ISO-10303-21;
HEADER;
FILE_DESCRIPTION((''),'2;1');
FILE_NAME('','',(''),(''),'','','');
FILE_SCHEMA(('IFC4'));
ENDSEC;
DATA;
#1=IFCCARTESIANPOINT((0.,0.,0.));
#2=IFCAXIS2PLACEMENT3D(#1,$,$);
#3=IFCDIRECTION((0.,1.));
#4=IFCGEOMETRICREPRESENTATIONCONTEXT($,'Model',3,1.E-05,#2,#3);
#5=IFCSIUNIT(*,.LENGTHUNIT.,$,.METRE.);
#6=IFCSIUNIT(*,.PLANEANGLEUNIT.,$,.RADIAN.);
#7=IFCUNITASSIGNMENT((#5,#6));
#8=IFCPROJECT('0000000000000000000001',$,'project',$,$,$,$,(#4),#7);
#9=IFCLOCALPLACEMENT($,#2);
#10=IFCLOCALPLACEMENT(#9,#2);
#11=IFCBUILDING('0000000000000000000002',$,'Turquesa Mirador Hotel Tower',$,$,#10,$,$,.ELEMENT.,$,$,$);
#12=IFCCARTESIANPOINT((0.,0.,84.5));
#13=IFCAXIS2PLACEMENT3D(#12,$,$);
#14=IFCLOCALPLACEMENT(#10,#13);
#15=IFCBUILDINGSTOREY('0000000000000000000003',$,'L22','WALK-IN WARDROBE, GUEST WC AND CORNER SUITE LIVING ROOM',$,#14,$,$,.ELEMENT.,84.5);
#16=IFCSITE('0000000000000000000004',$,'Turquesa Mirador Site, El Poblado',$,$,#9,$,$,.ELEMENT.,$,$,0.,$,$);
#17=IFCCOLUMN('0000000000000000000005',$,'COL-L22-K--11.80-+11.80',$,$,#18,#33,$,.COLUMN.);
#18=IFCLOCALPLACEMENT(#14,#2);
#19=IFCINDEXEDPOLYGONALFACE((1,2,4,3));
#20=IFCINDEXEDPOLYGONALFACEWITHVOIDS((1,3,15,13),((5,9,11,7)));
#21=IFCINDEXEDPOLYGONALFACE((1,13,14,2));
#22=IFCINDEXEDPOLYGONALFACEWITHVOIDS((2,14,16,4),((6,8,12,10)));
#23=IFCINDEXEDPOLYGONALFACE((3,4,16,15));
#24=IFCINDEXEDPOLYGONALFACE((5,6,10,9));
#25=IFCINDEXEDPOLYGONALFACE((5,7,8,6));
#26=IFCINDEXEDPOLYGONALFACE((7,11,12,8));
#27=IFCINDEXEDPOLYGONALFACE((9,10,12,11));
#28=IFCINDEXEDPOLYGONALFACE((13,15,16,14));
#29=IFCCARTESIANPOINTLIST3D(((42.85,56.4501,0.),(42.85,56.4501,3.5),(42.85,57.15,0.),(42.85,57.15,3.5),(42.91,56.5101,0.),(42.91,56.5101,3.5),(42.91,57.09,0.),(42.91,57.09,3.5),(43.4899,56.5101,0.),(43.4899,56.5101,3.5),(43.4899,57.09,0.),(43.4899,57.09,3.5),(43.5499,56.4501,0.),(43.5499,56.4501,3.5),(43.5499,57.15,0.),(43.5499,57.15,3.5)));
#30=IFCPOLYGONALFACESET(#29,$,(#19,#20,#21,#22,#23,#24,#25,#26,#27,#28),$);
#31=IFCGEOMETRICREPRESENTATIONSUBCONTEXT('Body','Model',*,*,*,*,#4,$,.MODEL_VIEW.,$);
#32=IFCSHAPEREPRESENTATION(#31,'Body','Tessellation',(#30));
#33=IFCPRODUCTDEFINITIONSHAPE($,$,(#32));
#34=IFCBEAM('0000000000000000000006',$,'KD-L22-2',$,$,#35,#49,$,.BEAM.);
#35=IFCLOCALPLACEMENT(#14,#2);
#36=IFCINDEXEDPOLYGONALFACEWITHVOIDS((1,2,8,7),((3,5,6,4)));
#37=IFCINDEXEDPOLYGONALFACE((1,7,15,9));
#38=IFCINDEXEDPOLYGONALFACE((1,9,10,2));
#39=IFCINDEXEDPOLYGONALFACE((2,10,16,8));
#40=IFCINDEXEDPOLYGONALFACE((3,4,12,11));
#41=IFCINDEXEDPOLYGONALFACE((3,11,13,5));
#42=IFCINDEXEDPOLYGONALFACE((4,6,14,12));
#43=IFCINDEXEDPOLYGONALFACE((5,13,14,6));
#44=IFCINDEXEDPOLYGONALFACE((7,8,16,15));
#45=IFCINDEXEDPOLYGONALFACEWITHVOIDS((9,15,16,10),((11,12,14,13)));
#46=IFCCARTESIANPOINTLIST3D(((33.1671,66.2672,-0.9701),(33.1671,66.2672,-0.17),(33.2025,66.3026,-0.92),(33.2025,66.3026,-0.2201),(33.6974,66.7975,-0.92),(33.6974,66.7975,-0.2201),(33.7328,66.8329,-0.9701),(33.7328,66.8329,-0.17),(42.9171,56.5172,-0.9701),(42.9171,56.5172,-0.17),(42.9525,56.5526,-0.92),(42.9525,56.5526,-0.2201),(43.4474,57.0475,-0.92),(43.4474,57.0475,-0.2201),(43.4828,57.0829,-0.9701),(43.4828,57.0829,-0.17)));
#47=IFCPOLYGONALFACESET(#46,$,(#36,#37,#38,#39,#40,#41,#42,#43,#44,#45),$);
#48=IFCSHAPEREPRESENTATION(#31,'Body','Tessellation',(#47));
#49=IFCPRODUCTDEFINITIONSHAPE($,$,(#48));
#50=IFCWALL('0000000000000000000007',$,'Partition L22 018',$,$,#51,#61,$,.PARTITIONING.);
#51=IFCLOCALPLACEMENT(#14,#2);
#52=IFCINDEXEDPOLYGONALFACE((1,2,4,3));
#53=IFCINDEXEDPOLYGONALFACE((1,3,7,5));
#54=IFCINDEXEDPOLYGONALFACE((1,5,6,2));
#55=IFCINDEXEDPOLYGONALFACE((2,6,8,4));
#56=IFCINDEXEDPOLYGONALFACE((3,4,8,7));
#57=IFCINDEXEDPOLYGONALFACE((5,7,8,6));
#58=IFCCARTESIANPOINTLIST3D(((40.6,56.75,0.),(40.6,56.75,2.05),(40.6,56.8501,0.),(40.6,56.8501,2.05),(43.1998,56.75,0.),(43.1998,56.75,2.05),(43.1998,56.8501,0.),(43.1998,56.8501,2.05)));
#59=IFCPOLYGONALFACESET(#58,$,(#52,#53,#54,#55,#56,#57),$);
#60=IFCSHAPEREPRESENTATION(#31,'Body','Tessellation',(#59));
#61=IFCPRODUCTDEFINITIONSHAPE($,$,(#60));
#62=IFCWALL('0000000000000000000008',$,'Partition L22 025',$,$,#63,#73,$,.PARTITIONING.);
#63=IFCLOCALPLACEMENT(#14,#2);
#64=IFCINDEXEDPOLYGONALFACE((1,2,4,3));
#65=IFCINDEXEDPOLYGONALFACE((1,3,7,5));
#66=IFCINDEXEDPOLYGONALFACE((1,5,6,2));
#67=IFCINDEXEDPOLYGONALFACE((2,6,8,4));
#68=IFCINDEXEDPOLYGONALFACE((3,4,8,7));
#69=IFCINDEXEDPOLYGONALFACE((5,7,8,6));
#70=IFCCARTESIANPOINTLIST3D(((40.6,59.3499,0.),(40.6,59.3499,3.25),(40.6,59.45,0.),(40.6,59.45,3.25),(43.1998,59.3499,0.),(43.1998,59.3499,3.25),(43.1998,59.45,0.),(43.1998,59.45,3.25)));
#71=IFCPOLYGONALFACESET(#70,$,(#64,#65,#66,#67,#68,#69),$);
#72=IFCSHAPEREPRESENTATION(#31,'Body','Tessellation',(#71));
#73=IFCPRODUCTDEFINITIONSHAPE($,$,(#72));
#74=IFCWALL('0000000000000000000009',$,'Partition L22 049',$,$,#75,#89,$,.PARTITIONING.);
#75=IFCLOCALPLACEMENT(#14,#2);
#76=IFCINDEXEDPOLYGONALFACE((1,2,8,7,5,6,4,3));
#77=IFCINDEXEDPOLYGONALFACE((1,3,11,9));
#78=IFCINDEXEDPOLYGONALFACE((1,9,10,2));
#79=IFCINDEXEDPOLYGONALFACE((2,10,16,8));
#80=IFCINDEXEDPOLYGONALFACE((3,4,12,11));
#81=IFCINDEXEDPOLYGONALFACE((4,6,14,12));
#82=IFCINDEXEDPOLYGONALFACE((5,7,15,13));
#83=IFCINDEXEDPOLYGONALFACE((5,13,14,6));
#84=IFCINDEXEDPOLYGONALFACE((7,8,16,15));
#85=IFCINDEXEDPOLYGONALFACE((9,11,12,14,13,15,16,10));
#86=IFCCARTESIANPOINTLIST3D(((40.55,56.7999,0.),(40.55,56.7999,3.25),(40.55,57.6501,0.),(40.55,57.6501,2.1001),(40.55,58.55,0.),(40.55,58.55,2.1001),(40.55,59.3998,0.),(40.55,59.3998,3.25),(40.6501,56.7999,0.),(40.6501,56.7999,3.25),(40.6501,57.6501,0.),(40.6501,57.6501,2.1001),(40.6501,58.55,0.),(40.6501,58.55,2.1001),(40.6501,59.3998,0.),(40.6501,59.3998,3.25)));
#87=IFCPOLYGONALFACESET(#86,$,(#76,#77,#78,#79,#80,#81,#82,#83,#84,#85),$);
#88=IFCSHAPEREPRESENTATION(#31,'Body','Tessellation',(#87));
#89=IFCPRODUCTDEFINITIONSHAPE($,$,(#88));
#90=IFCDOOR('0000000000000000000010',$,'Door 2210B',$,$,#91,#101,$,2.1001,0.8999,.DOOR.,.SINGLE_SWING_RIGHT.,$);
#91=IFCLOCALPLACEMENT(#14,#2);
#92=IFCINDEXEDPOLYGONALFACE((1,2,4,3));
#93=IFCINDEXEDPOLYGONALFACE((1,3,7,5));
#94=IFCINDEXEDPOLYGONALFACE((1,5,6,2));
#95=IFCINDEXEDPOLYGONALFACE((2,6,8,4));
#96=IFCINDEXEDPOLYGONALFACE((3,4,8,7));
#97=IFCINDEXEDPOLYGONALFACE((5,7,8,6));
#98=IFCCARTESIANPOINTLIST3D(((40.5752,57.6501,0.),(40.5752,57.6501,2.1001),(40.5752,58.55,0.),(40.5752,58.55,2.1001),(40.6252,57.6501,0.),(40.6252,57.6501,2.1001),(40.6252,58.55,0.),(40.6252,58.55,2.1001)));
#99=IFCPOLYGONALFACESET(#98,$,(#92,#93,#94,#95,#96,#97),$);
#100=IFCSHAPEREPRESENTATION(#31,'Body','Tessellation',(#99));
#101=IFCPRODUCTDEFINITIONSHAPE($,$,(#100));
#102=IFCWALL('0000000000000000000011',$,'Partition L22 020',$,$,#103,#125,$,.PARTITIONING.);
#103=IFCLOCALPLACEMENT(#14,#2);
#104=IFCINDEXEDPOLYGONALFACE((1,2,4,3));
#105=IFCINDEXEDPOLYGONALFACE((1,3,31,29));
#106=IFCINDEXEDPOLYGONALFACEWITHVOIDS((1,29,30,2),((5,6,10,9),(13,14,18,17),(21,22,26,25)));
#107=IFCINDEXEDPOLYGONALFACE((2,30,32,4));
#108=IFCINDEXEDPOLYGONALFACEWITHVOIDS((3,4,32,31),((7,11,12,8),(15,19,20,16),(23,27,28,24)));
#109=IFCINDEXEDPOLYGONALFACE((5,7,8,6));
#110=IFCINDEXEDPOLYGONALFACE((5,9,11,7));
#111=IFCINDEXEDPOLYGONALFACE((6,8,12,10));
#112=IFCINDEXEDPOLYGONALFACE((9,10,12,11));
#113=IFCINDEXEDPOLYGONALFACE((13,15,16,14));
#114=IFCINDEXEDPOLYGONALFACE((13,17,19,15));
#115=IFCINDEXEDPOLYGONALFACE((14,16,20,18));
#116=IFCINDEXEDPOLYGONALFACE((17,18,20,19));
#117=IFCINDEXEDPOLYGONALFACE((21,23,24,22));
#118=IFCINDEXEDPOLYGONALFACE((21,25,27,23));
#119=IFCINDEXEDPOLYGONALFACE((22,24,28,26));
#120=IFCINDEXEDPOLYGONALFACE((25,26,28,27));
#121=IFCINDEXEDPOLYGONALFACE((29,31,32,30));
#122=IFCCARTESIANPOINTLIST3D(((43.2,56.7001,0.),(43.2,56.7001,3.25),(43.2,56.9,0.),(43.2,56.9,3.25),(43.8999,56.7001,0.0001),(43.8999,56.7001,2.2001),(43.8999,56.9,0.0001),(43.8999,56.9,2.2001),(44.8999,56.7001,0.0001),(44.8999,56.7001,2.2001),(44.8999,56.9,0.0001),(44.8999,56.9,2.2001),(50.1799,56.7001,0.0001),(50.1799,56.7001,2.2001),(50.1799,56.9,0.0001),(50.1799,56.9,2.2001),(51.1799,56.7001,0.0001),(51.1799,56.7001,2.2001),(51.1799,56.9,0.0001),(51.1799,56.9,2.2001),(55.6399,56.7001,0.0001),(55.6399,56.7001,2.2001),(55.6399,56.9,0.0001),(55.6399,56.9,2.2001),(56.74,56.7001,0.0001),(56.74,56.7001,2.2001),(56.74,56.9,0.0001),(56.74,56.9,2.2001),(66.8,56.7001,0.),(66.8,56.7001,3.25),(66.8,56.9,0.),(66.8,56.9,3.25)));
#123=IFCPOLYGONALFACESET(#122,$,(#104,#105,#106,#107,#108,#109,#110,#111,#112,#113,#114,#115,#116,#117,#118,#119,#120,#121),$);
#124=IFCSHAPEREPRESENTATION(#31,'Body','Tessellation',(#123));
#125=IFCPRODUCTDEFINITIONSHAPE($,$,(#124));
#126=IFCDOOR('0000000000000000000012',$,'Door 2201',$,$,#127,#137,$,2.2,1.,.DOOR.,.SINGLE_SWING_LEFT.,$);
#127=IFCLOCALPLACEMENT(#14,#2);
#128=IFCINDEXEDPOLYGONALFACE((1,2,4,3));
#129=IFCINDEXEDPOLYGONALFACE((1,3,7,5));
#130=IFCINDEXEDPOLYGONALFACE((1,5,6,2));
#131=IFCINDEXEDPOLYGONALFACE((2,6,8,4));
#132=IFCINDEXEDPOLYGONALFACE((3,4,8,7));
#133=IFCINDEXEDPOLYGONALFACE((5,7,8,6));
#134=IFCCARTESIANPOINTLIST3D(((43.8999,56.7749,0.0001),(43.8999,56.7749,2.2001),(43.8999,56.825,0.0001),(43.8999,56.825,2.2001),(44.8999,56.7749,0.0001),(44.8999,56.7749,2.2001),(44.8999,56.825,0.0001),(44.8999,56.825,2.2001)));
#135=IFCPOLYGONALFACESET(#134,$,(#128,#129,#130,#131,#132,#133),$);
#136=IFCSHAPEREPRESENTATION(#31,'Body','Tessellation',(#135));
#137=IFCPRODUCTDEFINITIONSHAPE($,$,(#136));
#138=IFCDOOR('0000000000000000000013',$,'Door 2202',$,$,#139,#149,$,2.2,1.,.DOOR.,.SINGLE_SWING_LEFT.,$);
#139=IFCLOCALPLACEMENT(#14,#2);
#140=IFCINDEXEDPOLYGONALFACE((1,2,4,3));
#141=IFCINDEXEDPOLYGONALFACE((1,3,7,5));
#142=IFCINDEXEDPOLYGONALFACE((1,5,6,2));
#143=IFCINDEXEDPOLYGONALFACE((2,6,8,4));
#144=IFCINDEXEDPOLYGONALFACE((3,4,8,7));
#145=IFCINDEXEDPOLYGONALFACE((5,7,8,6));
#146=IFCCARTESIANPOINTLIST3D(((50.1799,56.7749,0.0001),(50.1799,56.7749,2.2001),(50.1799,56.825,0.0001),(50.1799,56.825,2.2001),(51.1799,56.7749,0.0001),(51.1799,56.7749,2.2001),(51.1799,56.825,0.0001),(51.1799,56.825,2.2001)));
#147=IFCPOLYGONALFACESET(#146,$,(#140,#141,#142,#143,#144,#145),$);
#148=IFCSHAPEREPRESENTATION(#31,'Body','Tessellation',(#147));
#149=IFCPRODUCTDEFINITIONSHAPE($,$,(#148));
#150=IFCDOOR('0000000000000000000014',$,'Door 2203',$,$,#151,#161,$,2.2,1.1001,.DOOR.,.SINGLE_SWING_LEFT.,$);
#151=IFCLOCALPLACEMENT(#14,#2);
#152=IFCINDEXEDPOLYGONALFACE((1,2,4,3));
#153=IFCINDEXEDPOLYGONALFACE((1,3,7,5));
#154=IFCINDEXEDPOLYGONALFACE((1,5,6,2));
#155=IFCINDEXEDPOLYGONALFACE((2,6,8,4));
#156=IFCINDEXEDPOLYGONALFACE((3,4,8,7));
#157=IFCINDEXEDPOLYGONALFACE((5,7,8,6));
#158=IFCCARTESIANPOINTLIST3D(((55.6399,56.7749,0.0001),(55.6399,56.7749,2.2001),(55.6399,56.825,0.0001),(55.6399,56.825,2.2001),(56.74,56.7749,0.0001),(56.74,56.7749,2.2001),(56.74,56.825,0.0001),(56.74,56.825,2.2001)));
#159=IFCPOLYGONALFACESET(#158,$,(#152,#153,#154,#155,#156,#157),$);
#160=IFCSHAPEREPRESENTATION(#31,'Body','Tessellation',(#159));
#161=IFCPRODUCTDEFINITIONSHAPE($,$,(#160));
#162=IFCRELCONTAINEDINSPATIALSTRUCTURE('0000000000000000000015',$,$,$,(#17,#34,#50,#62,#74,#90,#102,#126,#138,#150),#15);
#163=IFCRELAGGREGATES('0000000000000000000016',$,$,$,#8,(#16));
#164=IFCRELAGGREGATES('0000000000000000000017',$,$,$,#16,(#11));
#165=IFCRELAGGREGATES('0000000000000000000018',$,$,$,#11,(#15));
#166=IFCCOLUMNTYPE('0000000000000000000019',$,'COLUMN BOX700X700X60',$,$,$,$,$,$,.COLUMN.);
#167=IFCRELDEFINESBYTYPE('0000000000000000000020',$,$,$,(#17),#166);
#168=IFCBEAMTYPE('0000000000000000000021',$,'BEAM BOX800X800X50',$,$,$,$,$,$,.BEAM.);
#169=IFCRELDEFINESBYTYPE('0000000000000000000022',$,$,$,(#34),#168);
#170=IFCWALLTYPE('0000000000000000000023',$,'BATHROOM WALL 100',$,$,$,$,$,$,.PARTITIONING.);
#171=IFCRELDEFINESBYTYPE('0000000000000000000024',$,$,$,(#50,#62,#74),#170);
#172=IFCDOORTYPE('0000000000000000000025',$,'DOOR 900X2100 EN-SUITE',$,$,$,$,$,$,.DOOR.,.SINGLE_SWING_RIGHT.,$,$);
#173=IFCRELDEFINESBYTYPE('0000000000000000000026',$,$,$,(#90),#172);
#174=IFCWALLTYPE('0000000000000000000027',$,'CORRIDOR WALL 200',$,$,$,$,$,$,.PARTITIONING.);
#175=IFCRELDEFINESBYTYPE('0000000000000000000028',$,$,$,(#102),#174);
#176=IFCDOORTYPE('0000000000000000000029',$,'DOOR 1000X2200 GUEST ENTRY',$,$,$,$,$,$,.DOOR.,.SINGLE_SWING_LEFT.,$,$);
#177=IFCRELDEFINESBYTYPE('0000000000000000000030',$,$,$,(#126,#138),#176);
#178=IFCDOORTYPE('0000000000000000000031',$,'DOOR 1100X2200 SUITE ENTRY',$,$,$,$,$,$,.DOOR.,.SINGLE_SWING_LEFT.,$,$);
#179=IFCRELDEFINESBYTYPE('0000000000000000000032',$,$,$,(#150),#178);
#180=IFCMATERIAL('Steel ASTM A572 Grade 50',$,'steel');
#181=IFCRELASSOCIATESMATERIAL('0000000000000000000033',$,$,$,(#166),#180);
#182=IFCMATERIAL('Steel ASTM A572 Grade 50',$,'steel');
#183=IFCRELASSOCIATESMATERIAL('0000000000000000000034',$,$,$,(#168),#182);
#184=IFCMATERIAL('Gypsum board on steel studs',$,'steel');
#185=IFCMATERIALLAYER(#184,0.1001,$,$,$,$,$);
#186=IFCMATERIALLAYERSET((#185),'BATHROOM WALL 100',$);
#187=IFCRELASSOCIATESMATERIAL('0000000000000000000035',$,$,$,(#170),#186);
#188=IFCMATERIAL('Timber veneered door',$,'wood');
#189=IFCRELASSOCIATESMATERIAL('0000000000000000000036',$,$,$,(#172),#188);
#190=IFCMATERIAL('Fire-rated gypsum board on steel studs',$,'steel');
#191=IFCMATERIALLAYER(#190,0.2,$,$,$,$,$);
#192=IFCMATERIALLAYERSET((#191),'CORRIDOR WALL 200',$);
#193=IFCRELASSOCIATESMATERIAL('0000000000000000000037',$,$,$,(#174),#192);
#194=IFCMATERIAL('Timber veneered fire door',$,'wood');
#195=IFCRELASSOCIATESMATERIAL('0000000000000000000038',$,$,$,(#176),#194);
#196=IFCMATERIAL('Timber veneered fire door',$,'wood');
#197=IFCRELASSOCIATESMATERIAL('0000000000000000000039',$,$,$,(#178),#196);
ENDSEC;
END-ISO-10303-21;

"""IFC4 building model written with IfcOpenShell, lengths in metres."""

from ifc_helpers import new_model, si_unit, direction, frame, frame_2d, origin, origin_2d, place, context, subcontext, project, spatial, rectangle, hollow_rectangle, extrude, material, layer, layer_set, material_profile, profile_set, type_object, element, fill, save


model = new_model("IFC4")

# Units and contexts
model_context = context("Model", 3, precision=1e-05, world=origin(), true_north=direction((0.0, 1.0)))
body_context = subcontext(model_context, "Body", "Model", "MODEL_VIEW")
ifc_project = project(units=[si_unit("LENGTHUNIT", "METRE"), si_unit("PLANEANGLEUNIT", "RADIAN")], contexts=[model_context])

# Site, building, storey
site_placement = place(None, origin())
site = spatial("IfcSite", under=ifc_project, at=site_placement, Name="Turquesa Mirador Site, El Poblado", CompositionType="ELEMENT", RefElevation=0.0)
building_placement = place(site_placement, origin())
building = spatial("IfcBuilding", under=site, at=building_placement, Name="Turquesa Mirador Hotel Tower", CompositionType="ELEMENT")
storey_placement = place(building_placement, frame((0.0, 0.0, 84.5)))
storey = spatial("IfcBuildingStorey", under=building, at=storey_placement, Name="L22", Description="WALK-IN WARDROBE, GUEST WC AND CORNER SUITE LIVING ROOM", CompositionType="ELEMENT", Elevation=84.5)

# Column
ifc_material_1 = material(Name="Steel ASTM A572 Grade 50", Category="steel")
ifc_material_profile_1 = material_profile(ifc_material_1, hollow_rectangle(XDim=0.7, YDim=0.7, WallThickness=0.0601, at=origin_2d()), Name="BOX700X700X60")
ifc_profile_set_1 = profile_set([ifc_material_profile_1], Name="Steel ASTM A572 Grade 50")
column_type = type_object("IfcColumnType", Name="COLUMN BOX700X700X60", PredefinedType="COLUMN", material=ifc_profile_set_1)
column_placement = place(storey_placement, frame((43.2, 56.8, 0.0), z_axis=(0.0, 0.0, 1.0), x_axis=(1.0, 0.0, 0.0)))
element("IfcColumn", 1, at=column_placement, inside=storey, type_object=column_type, Name="COL-L22-K--11.80-+11.80", PredefinedType="COLUMN", context=body_context, shape_type="SweptSolid", body=[
    extrude(hollow_rectangle(XDim=0.7, YDim=0.7, WallThickness=0.0601, at=origin_2d()), origin(), (0.0, 0.0, 1.0), 3.5),
])

# Beam
ifc_material_2 = material(Name="Steel ASTM A572 Grade 50", Category="steel")
ifc_material_profile_2 = material_profile(ifc_material_2, hollow_rectangle(XDim=0.8, YDim=0.8, WallThickness=0.05, at=origin_2d()), Name="BOX800X800X50")
ifc_profile_set_2 = profile_set([ifc_material_profile_2], Name="Steel ASTM A572 Grade 50")
beam_type = type_object("IfcBeamType", Name="BEAM BOX800X800X50", PredefinedType="BEAM", material=ifc_profile_set_2)
beam_placement = place(storey_placement, frame((43.2, 56.8, -0.5701), z_axis=(-0.707107, 0.707107, 0.0), x_axis=(-0.707107, -0.707107, 0.0)))
element("IfcBeam", 2, at=beam_placement, inside=storey, type_object=beam_type, Name="KD-L22-2", PredefinedType="BEAM", context=body_context, shape_type="SweptSolid", body=[
    extrude(hollow_rectangle(XDim=0.8, YDim=0.8, WallThickness=0.05, at=origin_2d()), origin(), (0.0, 0.0, 1.0), 13.7886),
])

# Walls
ifc_material_3 = material(Name="Gypsum board on steel studs", Category="steel")
ifc_layer_1 = layer(ifc_material_3, 0.1001)
ifc_layer_set_1 = layer_set([ifc_layer_1], Name="BATHROOM WALL 100")
wall_type_1 = type_object("IfcWallType", Name="BATHROOM WALL 100", PredefinedType="PARTITIONING", material=ifc_layer_set_1)
wall_1_placement = place(storey_placement, frame((40.6001, 56.8, 0.0), z_axis=(0.0, 0.0, 1.0), x_axis=(1.0, 0.0, 0.0)))
element("IfcWall", 3, at=wall_1_placement, inside=storey, type_object=wall_type_1, Name="Partition L22 018", PredefinedType="PARTITIONING", context=body_context, shape_type="SweptSolid", body=[
    extrude(rectangle(XDim=2.5999, YDim=0.1001, at=frame_2d((1.2998, 0.0))), origin(), (0.0, 0.0, 1.0), 2.05),
])
wall_2_placement = place(storey_placement, frame((40.6001, 59.3999, 0.0), z_axis=(0.0, 0.0, 1.0), x_axis=(1.0, 0.0, 0.0)))
element("IfcWall", 4, at=wall_2_placement, inside=storey, type_object=wall_type_1, Name="Partition L22 025", PredefinedType="PARTITIONING", context=body_context, shape_type="SweptSolid", body=[
    extrude(rectangle(XDim=2.5999, YDim=0.1001, at=frame_2d((1.2998, 0.0))), origin(), (0.0, 0.0, 1.0), 3.25),
])

# Wall, opening, door
wall_3_placement = place(storey_placement, frame((40.6001, 56.8, 0.0), z_axis=(0.0, 0.0, 1.0), x_axis=(0.0, 1.0, 0.0)))
wall_3 = element("IfcWall", 5, at=wall_3_placement, inside=storey, type_object=wall_type_1, Name="Partition L22 049", PredefinedType="PARTITIONING", context=body_context, shape_type="SweptSolid", body=[
    extrude(rectangle(XDim=2.5999, YDim=0.1001, at=frame_2d((1.2998, 0.0))), origin(), (0.0, 0.0, 1.0), 3.25),
])
opening_1_placement = place(wall_3_placement, frame((0.8501, 0.0, 0.0)))
opening_1 = element("IfcOpeningElement", 6, at=opening_1_placement, cuts=wall_3, PredefinedType="OPENING", context=body_context, shape_type="SweptSolid", body=[
    extrude(rectangle(XDim=0.8999, YDim=2.1001, at=frame_2d((0.45, 1.05))), frame((0.0, 0.0601, 0.0), z_axis=(0.0, -1.0, 0.0), x_axis=(1.0, 0.0, 0.0)), (0.0, 0.0, 1.0), 0.1201),
])
ifc_material_4 = material(Name="Timber veneered door", Category="wood")
door_type_1 = type_object("IfcDoorType", Name="DOOR 900X2100 EN-SUITE", OperationType="SINGLE_SWING_RIGHT", PredefinedType="DOOR", material=ifc_material_4)
door_1_placement = place(opening_1_placement, origin())
door_1 = element("IfcDoor", 7, at=door_1_placement, inside=storey, type_object=door_type_1, Name="Door 2210B", OperationType="SINGLE_SWING_RIGHT", OverallHeight=2.1001, OverallWidth=0.8999, PredefinedType="DOOR", context=body_context, shape_type="SweptSolid", body=[
    extrude(rectangle(XDim=0.8999, YDim=2.1001, at=frame_2d((0.45, 1.05))), frame((0.0, 0.0249, 0.0), z_axis=(0.0, -1.0, 0.0), x_axis=(1.0, 0.0, 0.0)), (0.0, 0.0, 1.0), 0.05),
])
fill(opening_1, door_1)

# Wall, openings, doors
ifc_material_5 = material(Name="Fire-rated gypsum board on steel studs", Category="steel")
ifc_layer_2 = layer(ifc_material_5, 0.2)
ifc_layer_set_2 = layer_set([ifc_layer_2], Name="CORRIDOR WALL 200")
wall_type_2 = type_object("IfcWallType", Name="CORRIDOR WALL 200", PredefinedType="PARTITIONING", material=ifc_layer_set_2)
wall_4_placement = place(storey_placement, frame((43.2, 56.8, 0.0), z_axis=(0.0, 0.0, 1.0), x_axis=(1.0, 0.0, 0.0)))
wall_4 = element("IfcWall", 8, at=wall_4_placement, inside=storey, type_object=wall_type_2, Name="Partition L22 020", PredefinedType="PARTITIONING", context=body_context, shape_type="SweptSolid", body=[
    extrude(rectangle(XDim=23.6001, YDim=0.2, at=frame_2d((11.8, 0.0))), origin(), (0.0, 0.0, 1.0), 3.25),
])
opening_2_placement = place(wall_4_placement, frame((0.7, 0.0, 0.0)))
opening_2 = element("IfcOpeningElement", 9, at=opening_2_placement, cuts=wall_4, PredefinedType="OPENING", context=body_context, shape_type="SweptSolid", body=[
    extrude(rectangle(XDim=1.0, YDim=2.2, at=frame_2d((0.5, 1.1001))), frame((0.0, 0.1099, 0.0), z_axis=(0.0, -1.0, 0.0), x_axis=(1.0, 0.0, 0.0)), (0.0, 0.0, 1.0), 0.22),
])
opening_3_placement = place(wall_4_placement, frame((6.98, 0.0, 0.0)))
opening_3 = element("IfcOpeningElement", 10, at=opening_3_placement, cuts=wall_4, PredefinedType="OPENING", context=body_context, shape_type="SweptSolid", body=[
    extrude(rectangle(XDim=1.0, YDim=2.2, at=frame_2d((0.5, 1.1001))), frame((0.0, 0.1099, 0.0), z_axis=(0.0, -1.0, 0.0), x_axis=(1.0, 0.0, 0.0)), (0.0, 0.0, 1.0), 0.22),
])
opening_4_placement = place(wall_4_placement, frame((12.4399, 0.0, 0.0)))
opening_4 = element("IfcOpeningElement", 11, at=opening_4_placement, cuts=wall_4, PredefinedType="OPENING", context=body_context, shape_type="SweptSolid", body=[
    extrude(rectangle(XDim=1.1001, YDim=2.2, at=frame_2d((0.55, 1.1001))), frame((0.0, 0.1099, 0.0), z_axis=(0.0, -1.0, 0.0), x_axis=(1.0, 0.0, 0.0)), (0.0, 0.0, 1.0), 0.22),
])
ifc_material_6 = material(Name="Timber veneered fire door", Category="wood")
door_type_2 = type_object("IfcDoorType", Name="DOOR 1000X2200 GUEST ENTRY", OperationType="SINGLE_SWING_LEFT", PredefinedType="DOOR", material=ifc_material_6)
door_2_placement = place(opening_2_placement, origin())
door_2 = element("IfcDoor", 12, at=door_2_placement, inside=storey, type_object=door_type_2, Name="Door 2201", OperationType="SINGLE_SWING_LEFT", OverallHeight=2.2, OverallWidth=1.0, PredefinedType="DOOR", context=body_context, shape_type="SweptSolid", body=[
    extrude(rectangle(XDim=1.0, YDim=2.2, at=frame_2d((0.5, 1.1001))), frame((0.0, 0.0249, 0.0), z_axis=(0.0, -1.0, 0.0), x_axis=(1.0, 0.0, 0.0)), (0.0, 0.0, 1.0), 0.05),
])
fill(opening_2, door_2)
door_3_placement = place(opening_3_placement, origin())
door_3 = element("IfcDoor", 13, at=door_3_placement, inside=storey, type_object=door_type_2, Name="Door 2202", OperationType="SINGLE_SWING_LEFT", OverallHeight=2.2, OverallWidth=1.0, PredefinedType="DOOR", context=body_context, shape_type="SweptSolid", body=[
    extrude(rectangle(XDim=1.0, YDim=2.2, at=frame_2d((0.5, 1.1001))), frame((0.0, 0.0249, 0.0), z_axis=(0.0, -1.0, 0.0), x_axis=(1.0, 0.0, 0.0)), (0.0, 0.0, 1.0), 0.05),
])
fill(opening_3, door_3)
ifc_material_7 = material(Name="Timber veneered fire door", Category="wood")
door_type_3 = type_object("IfcDoorType", Name="DOOR 1100X2200 SUITE ENTRY", OperationType="SINGLE_SWING_LEFT", PredefinedType="DOOR", material=ifc_material_7)
door_4_placement = place(opening_4_placement, origin())
door_4 = element("IfcDoor", 14, at=door_4_placement, inside=storey, type_object=door_type_3, Name="Door 2203", OperationType="SINGLE_SWING_LEFT", OverallHeight=2.2, OverallWidth=1.1001, PredefinedType="DOOR", context=body_context, shape_type="SweptSolid", body=[
    extrude(rectangle(XDim=1.1001, YDim=2.2, at=frame_2d((0.55, 1.1001))), frame((0.0, 0.0249, 0.0), z_axis=(0.0, -1.0, 0.0), x_axis=(1.0, 0.0, 0.0)), (0.0, 0.0, 1.0), 0.05),
])
fill(opening_4, door_4)

save(model, "model.ifc")
